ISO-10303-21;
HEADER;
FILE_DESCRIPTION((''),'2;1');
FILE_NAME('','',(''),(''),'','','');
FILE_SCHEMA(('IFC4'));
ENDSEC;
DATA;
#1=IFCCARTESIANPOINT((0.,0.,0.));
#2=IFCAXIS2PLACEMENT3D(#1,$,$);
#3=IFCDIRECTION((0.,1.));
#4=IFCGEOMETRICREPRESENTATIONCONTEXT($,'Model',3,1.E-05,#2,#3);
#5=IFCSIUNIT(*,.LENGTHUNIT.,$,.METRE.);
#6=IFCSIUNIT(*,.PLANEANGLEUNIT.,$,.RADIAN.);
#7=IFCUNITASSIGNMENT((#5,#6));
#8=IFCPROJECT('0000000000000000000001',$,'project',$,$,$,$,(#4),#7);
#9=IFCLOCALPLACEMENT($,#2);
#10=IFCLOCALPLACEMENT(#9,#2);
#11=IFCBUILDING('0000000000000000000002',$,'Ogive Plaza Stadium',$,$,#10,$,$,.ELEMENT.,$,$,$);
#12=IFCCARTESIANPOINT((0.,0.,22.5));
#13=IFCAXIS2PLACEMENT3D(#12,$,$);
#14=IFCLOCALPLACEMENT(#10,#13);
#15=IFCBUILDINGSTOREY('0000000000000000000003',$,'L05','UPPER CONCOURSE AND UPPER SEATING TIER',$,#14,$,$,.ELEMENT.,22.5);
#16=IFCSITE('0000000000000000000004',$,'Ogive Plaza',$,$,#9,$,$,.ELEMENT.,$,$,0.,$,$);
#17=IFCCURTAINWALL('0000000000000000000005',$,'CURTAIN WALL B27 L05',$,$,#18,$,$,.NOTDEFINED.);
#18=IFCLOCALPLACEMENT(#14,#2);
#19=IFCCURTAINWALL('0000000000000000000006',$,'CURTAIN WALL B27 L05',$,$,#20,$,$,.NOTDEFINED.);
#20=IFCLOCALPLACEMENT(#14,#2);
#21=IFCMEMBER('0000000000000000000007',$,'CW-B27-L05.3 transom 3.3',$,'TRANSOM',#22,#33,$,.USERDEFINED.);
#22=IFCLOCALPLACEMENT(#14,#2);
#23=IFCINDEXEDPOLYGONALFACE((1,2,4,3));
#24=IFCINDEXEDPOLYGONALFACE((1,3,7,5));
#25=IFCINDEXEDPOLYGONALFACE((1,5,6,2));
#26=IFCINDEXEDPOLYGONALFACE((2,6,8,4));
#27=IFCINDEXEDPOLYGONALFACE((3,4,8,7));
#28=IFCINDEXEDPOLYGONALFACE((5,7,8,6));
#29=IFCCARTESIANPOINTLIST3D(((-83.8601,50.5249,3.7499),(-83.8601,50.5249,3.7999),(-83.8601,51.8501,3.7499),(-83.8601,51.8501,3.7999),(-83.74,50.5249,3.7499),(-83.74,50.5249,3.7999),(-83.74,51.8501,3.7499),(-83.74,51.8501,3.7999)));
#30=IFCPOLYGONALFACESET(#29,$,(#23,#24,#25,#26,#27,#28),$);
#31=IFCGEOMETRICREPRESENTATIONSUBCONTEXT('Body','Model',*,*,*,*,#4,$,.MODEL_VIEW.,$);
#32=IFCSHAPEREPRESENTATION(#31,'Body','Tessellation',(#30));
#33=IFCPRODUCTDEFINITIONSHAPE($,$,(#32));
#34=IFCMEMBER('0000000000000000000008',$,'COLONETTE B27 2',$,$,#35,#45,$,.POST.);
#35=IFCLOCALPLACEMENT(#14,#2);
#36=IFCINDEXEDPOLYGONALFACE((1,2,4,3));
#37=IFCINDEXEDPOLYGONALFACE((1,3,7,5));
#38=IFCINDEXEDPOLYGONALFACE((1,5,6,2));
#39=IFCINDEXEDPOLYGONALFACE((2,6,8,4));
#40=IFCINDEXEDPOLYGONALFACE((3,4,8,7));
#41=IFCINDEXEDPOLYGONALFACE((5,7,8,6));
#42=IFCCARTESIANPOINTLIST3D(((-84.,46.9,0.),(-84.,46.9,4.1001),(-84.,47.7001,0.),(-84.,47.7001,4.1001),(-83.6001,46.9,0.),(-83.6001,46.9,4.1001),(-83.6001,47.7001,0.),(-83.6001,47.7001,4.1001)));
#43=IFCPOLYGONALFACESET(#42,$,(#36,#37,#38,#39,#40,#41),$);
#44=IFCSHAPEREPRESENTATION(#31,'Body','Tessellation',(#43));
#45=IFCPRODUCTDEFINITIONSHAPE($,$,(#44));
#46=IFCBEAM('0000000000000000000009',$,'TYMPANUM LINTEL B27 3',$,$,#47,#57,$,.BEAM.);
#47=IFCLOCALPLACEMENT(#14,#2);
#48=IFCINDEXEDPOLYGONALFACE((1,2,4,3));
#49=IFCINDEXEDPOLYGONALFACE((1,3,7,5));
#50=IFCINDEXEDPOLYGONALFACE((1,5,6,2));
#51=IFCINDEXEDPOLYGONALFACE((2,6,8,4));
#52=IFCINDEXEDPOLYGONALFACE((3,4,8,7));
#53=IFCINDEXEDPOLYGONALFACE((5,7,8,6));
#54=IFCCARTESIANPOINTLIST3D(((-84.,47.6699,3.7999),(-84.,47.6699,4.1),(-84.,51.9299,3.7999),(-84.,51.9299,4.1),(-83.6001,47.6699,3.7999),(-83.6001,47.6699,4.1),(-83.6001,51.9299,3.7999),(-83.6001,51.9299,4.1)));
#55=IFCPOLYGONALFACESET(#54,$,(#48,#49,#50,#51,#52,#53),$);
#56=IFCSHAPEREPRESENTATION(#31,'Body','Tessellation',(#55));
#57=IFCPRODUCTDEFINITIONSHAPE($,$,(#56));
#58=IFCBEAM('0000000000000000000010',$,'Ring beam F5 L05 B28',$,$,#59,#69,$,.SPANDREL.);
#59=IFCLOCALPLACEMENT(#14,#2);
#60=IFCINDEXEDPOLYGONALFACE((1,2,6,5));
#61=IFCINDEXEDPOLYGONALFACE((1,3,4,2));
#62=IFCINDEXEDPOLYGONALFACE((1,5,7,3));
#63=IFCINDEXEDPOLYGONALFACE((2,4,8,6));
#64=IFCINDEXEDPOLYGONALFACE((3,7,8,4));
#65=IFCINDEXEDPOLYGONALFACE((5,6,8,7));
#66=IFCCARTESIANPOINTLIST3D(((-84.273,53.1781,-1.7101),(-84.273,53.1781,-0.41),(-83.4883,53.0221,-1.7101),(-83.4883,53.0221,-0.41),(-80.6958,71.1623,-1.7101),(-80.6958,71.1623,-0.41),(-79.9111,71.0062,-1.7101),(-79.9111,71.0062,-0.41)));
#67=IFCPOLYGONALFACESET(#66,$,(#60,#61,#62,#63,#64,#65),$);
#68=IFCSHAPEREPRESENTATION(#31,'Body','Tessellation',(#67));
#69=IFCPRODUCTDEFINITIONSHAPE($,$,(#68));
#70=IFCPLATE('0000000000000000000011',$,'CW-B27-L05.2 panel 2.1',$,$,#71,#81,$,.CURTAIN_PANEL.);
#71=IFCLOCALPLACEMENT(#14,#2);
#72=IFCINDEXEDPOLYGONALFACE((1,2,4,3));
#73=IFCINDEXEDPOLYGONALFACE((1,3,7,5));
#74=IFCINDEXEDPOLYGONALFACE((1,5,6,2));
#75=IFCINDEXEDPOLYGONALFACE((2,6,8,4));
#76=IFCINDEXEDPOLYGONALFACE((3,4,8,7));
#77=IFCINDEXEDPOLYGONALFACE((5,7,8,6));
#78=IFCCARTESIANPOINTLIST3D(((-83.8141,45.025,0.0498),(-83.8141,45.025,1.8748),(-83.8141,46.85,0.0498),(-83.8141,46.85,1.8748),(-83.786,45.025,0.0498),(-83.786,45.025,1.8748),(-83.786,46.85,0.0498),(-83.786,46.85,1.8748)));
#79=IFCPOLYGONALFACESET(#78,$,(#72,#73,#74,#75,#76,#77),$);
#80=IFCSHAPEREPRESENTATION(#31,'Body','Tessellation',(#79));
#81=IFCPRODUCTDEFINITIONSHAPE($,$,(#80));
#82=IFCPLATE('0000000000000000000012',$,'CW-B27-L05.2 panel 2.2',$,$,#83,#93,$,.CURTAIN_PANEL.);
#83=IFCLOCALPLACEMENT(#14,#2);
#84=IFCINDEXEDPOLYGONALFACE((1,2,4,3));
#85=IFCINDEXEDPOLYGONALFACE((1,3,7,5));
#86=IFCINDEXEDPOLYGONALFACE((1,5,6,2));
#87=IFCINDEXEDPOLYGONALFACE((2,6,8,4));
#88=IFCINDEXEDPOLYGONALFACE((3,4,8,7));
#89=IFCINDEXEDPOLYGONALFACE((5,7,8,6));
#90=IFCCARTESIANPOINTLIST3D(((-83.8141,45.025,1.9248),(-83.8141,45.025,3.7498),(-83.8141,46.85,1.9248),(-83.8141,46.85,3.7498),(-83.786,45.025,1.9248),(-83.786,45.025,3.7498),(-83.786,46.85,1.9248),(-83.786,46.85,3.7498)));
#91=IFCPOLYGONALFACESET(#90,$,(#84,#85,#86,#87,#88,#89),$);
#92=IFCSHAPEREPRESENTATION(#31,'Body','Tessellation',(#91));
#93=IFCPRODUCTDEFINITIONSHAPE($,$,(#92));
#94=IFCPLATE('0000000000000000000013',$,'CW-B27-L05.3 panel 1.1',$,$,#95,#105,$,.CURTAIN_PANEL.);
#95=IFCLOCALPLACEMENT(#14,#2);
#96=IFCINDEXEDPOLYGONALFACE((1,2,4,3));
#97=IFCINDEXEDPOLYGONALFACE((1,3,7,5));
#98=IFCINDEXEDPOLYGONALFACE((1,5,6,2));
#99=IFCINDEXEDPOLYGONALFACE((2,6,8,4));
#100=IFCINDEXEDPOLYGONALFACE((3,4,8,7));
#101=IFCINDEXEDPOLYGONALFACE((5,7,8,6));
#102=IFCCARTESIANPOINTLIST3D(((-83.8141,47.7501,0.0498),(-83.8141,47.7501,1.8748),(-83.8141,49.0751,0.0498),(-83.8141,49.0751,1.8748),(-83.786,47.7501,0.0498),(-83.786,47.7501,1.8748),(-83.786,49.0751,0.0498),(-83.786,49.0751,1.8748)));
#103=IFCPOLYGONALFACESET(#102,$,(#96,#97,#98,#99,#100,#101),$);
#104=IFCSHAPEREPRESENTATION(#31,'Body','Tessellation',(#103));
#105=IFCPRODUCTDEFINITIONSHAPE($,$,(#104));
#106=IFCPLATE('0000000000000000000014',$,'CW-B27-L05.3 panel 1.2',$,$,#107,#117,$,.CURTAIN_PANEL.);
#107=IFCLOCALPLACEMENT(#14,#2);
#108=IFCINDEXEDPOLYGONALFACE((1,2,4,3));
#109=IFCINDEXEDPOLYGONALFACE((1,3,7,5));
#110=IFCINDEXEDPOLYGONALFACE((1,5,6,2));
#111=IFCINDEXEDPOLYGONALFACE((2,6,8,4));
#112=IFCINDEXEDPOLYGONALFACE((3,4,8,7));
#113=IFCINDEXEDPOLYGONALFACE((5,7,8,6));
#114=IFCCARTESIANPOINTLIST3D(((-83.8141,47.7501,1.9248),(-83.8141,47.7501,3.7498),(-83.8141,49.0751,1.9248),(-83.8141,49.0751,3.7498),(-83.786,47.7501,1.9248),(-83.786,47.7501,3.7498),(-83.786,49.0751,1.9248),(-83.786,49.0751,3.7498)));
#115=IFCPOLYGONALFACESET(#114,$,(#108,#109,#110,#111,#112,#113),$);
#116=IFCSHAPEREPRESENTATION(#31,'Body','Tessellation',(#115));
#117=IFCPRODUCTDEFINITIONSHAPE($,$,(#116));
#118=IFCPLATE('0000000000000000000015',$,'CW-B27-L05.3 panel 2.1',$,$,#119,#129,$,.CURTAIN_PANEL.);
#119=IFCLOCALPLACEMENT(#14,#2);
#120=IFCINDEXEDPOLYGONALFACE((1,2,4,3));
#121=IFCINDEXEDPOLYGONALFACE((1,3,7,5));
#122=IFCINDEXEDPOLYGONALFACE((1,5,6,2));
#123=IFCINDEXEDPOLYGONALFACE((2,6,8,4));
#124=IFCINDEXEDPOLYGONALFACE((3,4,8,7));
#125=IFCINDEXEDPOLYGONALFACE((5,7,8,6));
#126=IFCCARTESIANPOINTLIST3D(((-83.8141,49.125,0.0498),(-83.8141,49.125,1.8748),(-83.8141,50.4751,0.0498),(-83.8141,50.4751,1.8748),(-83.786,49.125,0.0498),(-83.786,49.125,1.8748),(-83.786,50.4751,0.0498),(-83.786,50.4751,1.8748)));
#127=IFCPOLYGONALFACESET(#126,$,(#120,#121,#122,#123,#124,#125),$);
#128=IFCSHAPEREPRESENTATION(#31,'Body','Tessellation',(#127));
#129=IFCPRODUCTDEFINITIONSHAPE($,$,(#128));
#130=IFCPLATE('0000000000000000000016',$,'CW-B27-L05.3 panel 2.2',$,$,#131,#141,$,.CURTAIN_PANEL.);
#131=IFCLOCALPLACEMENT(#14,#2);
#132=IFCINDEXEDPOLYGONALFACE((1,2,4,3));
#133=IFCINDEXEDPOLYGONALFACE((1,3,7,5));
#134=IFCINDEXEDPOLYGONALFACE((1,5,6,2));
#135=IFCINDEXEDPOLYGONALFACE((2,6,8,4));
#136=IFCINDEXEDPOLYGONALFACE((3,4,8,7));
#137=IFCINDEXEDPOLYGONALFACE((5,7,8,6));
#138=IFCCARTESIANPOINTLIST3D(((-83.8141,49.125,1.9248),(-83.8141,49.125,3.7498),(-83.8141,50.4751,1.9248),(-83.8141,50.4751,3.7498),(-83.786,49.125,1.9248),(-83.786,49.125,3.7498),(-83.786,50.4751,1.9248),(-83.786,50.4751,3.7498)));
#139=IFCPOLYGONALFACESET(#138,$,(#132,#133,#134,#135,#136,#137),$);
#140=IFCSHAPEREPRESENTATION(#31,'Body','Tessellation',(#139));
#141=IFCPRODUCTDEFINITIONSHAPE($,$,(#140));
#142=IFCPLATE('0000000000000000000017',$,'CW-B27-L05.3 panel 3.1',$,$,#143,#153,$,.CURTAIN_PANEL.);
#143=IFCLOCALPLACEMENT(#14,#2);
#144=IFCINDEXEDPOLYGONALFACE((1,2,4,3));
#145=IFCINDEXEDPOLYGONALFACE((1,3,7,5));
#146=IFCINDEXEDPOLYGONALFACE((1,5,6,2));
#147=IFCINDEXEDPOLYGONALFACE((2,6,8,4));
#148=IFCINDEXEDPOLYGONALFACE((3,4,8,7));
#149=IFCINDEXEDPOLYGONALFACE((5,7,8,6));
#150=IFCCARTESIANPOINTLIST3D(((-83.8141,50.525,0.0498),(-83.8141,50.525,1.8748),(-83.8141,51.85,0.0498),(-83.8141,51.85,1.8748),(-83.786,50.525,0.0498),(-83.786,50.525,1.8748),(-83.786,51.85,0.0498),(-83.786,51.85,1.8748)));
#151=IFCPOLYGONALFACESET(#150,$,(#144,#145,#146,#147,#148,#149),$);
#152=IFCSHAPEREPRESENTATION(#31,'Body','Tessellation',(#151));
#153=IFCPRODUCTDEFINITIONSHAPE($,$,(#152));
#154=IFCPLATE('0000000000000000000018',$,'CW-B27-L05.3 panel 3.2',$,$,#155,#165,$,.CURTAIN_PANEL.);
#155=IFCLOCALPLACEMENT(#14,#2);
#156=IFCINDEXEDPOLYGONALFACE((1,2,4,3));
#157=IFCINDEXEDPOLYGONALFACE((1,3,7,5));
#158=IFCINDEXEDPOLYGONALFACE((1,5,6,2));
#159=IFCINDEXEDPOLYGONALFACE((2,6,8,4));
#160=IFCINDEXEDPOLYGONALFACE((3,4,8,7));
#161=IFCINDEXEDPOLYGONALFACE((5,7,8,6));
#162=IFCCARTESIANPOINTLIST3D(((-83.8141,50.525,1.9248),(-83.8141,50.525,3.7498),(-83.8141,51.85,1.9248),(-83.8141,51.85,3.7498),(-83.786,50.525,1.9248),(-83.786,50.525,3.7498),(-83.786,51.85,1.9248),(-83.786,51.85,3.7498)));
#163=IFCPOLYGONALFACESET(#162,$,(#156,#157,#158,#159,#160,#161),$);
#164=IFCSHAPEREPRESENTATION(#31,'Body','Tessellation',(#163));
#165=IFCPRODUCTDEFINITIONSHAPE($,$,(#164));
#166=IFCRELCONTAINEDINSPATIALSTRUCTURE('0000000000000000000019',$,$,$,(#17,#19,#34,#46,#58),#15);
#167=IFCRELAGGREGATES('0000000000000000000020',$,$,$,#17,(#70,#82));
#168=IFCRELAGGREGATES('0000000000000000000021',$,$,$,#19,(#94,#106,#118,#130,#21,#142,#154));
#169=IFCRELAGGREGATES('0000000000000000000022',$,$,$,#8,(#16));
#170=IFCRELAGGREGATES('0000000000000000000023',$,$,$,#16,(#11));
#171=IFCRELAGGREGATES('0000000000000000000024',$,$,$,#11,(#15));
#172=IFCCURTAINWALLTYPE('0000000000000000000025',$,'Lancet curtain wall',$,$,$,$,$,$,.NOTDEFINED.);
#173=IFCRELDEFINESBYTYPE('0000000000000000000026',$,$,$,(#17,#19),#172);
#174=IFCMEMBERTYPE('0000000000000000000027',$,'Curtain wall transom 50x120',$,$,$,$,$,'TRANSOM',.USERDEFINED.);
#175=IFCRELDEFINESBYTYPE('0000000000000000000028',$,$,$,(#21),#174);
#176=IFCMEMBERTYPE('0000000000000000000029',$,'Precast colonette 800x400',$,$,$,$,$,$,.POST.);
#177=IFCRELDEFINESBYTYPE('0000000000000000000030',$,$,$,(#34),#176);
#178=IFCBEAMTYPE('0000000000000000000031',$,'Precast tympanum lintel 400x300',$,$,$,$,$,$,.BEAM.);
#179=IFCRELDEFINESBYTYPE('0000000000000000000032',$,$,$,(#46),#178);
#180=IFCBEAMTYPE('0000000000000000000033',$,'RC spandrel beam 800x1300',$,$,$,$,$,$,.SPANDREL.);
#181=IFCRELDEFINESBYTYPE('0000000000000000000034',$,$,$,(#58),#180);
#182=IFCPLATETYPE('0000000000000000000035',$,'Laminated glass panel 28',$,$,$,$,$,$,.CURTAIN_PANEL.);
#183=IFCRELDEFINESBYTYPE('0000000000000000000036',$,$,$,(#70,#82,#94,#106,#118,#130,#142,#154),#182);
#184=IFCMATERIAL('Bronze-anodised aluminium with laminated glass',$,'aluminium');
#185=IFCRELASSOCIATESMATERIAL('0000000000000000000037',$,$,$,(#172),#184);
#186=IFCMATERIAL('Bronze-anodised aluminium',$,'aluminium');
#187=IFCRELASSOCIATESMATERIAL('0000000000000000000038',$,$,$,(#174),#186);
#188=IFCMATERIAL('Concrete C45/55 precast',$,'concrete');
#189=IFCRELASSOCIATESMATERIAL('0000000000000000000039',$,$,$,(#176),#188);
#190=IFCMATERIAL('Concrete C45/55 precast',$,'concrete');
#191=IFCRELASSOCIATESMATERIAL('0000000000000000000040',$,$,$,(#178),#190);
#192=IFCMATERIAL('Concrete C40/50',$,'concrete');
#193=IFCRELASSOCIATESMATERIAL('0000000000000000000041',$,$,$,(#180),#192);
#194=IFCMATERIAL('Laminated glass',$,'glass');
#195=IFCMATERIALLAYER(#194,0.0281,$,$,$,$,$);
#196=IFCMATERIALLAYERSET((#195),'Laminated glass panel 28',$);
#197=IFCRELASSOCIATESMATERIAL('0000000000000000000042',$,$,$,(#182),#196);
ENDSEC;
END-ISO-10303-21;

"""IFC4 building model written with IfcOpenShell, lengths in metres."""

from ifc_helpers import new_model, si_unit, direction, frame, origin, origin_2d, place, context, subcontext, project, spatial, rectangle, extrude, material, layer, layer_set, material_profile, profile_set, type_object, element, aggregate, save


model = new_model("IFC4")

# Units and contexts
model_context = context("Model", 3, precision=1e-05, world=origin(), true_north=direction((0.0, 1.0)))
body_context = subcontext(model_context, "Body", "Model", "MODEL_VIEW")
ifc_project = project(units=[si_unit("LENGTHUNIT", "METRE"), si_unit("PLANEANGLEUNIT", "RADIAN")], contexts=[model_context])

# Site, building, storey
site_placement = place(None, origin())
site = spatial("IfcSite", under=ifc_project, at=site_placement, Name="Ogive Plaza", CompositionType="ELEMENT", RefElevation=0.0)
building_placement = place(site_placement, origin())
building = spatial("IfcBuilding", under=site, at=building_placement, Name="Ogive Plaza Stadium", CompositionType="ELEMENT")
storey_placement = place(building_placement, frame((0.0, 0.0, 22.5)))
storey = spatial("IfcBuildingStorey", under=building, at=storey_placement, Name="L05", Description="UPPER CONCOURSE AND UPPER SEATING TIER", CompositionType="ELEMENT", Elevation=22.5)

# Curtain wall
ifc_material_1 = material(Name="Bronze-anodised aluminium with laminated glass", Category="aluminium")
curtain_wall_type = type_object("IfcCurtainWallType", Name="Lancet curtain wall", PredefinedType="NOTDEFINED", material=ifc_material_1)
curtain_wall_1_placement = place(storey_placement, origin())
curtain_wall_1 = element("IfcCurtainWall", 1, at=curtain_wall_1_placement, inside=storey, type_object=curtain_wall_type, Name="CURTAIN WALL B27 L05", PredefinedType="NOTDEFINED")

# Curtain wall
curtain_wall_2_placement = place(storey_placement, origin())
curtain_wall_2 = element("IfcCurtainWall", 2, at=curtain_wall_2_placement, inside=storey, type_object=curtain_wall_type, Name="CURTAIN WALL B27 L05", PredefinedType="NOTDEFINED")

# Members
ifc_material_2 = material(Name="Bronze-anodised aluminium", Category="aluminium")
ifc_material_profile_1 = material_profile(ifc_material_2, rectangle(XDim=0.1201, YDim=0.05, at=origin_2d()), Name="AL 120x50")
ifc_profile_set_1 = profile_set([ifc_material_profile_1], Name="Bronze-anodised aluminium")
member_type_1 = type_object("IfcMemberType", Name="Curtain wall transom 50x120", ElementType="TRANSOM", PredefinedType="USERDEFINED", material=ifc_profile_set_1)
member_1_placement = place(storey_placement, frame((-83.8, 50.5249, 3.7749), z_axis=(0.0, 1.0, 0.0), x_axis=(-1.0, 0.0, 0.0)))
member_1 = element("IfcMember", 3, at=member_1_placement, type_object=member_type_1, Name="CW-B27-L05.3 transom 3.3", ObjectType="TRANSOM", PredefinedType="USERDEFINED", context=body_context, shape_type="SweptSolid", body=[
    extrude(rectangle(XDim=0.1201, YDim=0.05, at=origin_2d()), origin(), (0.0, 0.0, 1.0), 1.3252),
])
ifc_material_3 = material(Name="Concrete C45/55 precast", Category="concrete")
ifc_material_profile_2 = material_profile(ifc_material_3, rectangle(XDim=0.3999, YDim=0.8, at=origin_2d()), Name="RC 400x800")
ifc_profile_set_2 = profile_set([ifc_material_profile_2], Name="Concrete C45/55 precast")
member_type_2 = type_object("IfcMemberType", Name="Precast colonette 800x400", PredefinedType="POST", material=ifc_profile_set_2)
member_2_placement = place(storey_placement, frame((-83.8, 47.3, 0.0), z_axis=(0.0, 0.0, 1.0), x_axis=(-1.0, 0.0, 0.0)))
element("IfcMember", 4, at=member_2_placement, inside=storey, type_object=member_type_2, Name="COLONETTE B27 2", PredefinedType="POST", context=body_context, shape_type="SweptSolid", body=[
    extrude(rectangle(XDim=0.3999, YDim=0.8, at=origin_2d()), origin(), (0.0, 0.0, 1.0), 4.1001),
])

# Beams
ifc_material_4 = material(Name="Concrete C45/55 precast", Category="concrete")
ifc_material_profile_3 = material_profile(ifc_material_4, rectangle(XDim=0.3999, YDim=0.3, at=origin_2d()), Name="RC 400x300")
ifc_profile_set_3 = profile_set([ifc_material_profile_3], Name="Concrete C45/55 precast")
beam_type_1 = type_object("IfcBeamType", Name="Precast tympanum lintel 400x300", PredefinedType="BEAM", material=ifc_profile_set_3)
beam_1_placement = place(storey_placement, frame((-83.8, 47.6699, 3.95), z_axis=(0.0, 1.0, 0.0), x_axis=(-1.0, 0.0, 0.0)))
element("IfcBeam", 5, at=beam_1_placement, inside=storey, type_object=beam_type_1, Name="TYMPANUM LINTEL B27 3", PredefinedType="BEAM", context=body_context, shape_type="SweptSolid", body=[
    extrude(rectangle(XDim=0.3999, YDim=0.3, at=origin_2d()), origin(), (0.0, 0.0, 1.0), 4.26),
])
ifc_material_5 = material(Name="Concrete C40/50", Category="concrete")
ifc_material_profile_4 = material_profile(ifc_material_5, rectangle(XDim=0.8, YDim=1.3, at=origin_2d()), Name="RC 800x1300")
ifc_profile_set_4 = profile_set([ifc_material_profile_4], Name="Concrete C40/50")
beam_type_2 = type_object("IfcBeamType", Name="RC spandrel beam 800x1300", PredefinedType="SPANDREL", material=ifc_profile_set_4)
beam_2_placement = place(storey_placement, frame((-83.8806, 53.1001, -1.0601), z_axis=(0.195084, 0.980787, 0.0), x_axis=(-0.980787, 0.195084, 0.0)))
element("IfcBeam", 6, at=beam_2_placement, inside=storey, type_object=beam_type_2, Name="Ring beam F5 L05 B28", PredefinedType="SPANDREL", context=body_context, shape_type="SweptSolid", body=[
    extrude(rectangle(XDim=0.8, YDim=1.3, at=origin_2d()), origin(), (0.0, 0.0, 1.0), 18.3364),
])

# Plates
ifc_material_6 = material(Name="Laminated glass", Category="glass")
ifc_layer_1 = layer(ifc_material_6, 0.0281)
ifc_layer_set_1 = layer_set([ifc_layer_1], Name="Laminated glass panel 28")
plate_type = type_object("IfcPlateType", Name="Laminated glass panel 28", PredefinedType="CURTAIN_PANEL", material=ifc_layer_set_1)
plate_1_placement = place(storey_placement, frame((-83.8, 45.9375, 0.0498), z_axis=(0.0, 0.0, 1.0), x_axis=(0.0, 1.0, 0.0)))
plate_1 = element("IfcPlate", 7, at=plate_1_placement, type_object=plate_type, Name="CW-B27-L05.2 panel 2.1", PredefinedType="CURTAIN_PANEL", context=body_context, shape_type="SweptSolid", body=[
    extrude(rectangle(XDim=1.825, YDim=0.0281, at=origin_2d()), origin(), (0.0, 0.0, 1.0), 1.825),
])
plate_2_placement = place(storey_placement, frame((-83.8, 45.9375, 1.9248), z_axis=(0.0, 0.0, 1.0), x_axis=(0.0, 1.0, 0.0)))
plate_2 = element("IfcPlate", 8, at=plate_2_placement, type_object=plate_type, Name="CW-B27-L05.2 panel 2.2", PredefinedType="CURTAIN_PANEL", context=body_context, shape_type="SweptSolid", body=[
    extrude(rectangle(XDim=1.825, YDim=0.0281, at=origin_2d()), origin(), (0.0, 0.0, 1.0), 1.825),
])
aggregate(curtain_wall_1, [plate_1, plate_2])
plate_3_placement = place(storey_placement, frame((-83.8, 48.4126, 0.0498), z_axis=(0.0, 0.0, 1.0), x_axis=(0.0, 1.0, 0.0)))
plate_3 = element("IfcPlate", 9, at=plate_3_placement, type_object=plate_type, Name="CW-B27-L05.3 panel 1.1", PredefinedType="CURTAIN_PANEL", context=body_context, shape_type="SweptSolid", body=[
    extrude(rectangle(XDim=1.325, YDim=0.0281, at=origin_2d()), origin(), (0.0, 0.0, 1.0), 1.825),
])
plate_4_placement = place(storey_placement, frame((-83.8, 48.4126, 1.9248), z_axis=(0.0, 0.0, 1.0), x_axis=(0.0, 1.0, 0.0)))
plate_4 = element("IfcPlate", 10, at=plate_4_placement, type_object=plate_type, Name="CW-B27-L05.3 panel 1.2", PredefinedType="CURTAIN_PANEL", context=body_context, shape_type="SweptSolid", body=[
    extrude(rectangle(XDim=1.325, YDim=0.0281, at=origin_2d()), origin(), (0.0, 0.0, 1.0), 1.825),
])
plate_5_placement = place(storey_placement, frame((-83.8, 49.8, 0.0498), z_axis=(0.0, 0.0, 1.0), x_axis=(0.0, 1.0, 0.0)))
plate_5 = element("IfcPlate", 11, at=plate_5_placement, type_object=plate_type, Name="CW-B27-L05.3 panel 2.1", PredefinedType="CURTAIN_PANEL", context=body_context, shape_type="SweptSolid", body=[
    extrude(rectangle(XDim=1.3501, YDim=0.0281, at=origin_2d()), origin(), (0.0, 0.0, 1.0), 1.825),
])
plate_6_placement = place(storey_placement, frame((-83.8, 49.8, 1.9248), z_axis=(0.0, 0.0, 1.0), x_axis=(0.0, 1.0, 0.0)))
plate_6 = element("IfcPlate", 12, at=plate_6_placement, type_object=plate_type, Name="CW-B27-L05.3 panel 2.2", PredefinedType="CURTAIN_PANEL", context=body_context, shape_type="SweptSolid", body=[
    extrude(rectangle(XDim=1.3501, YDim=0.0281, at=origin_2d()), origin(), (0.0, 0.0, 1.0), 1.825),
])
plate_7_placement = place(storey_placement, frame((-83.8, 51.1875, 0.0498), z_axis=(0.0, 0.0, 1.0), x_axis=(0.0, 1.0, 0.0)))
plate_7 = element("IfcPlate", 13, at=plate_7_placement, type_object=plate_type, Name="CW-B27-L05.3 panel 3.1", PredefinedType="CURTAIN_PANEL", context=body_context, shape_type="SweptSolid", body=[
    extrude(rectangle(XDim=1.325, YDim=0.0281, at=origin_2d()), origin(), (0.0, 0.0, 1.0), 1.825),
])
plate_8_placement = place(storey_placement, frame((-83.8, 51.1875, 1.9248), z_axis=(0.0, 0.0, 1.0), x_axis=(0.0, 1.0, 0.0)))
plate_8 = element("IfcPlate", 14, at=plate_8_placement, type_object=plate_type, Name="CW-B27-L05.3 panel 3.2", PredefinedType="CURTAIN_PANEL", context=body_context, shape_type="SweptSolid", body=[
    extrude(rectangle(XDim=1.325, YDim=0.0281, at=origin_2d()), origin(), (0.0, 0.0, 1.0), 1.825),
])
aggregate(curtain_wall_2, [plate_3, plate_4, plate_5, plate_6, member_1, plate_7, plate_8])

save(model, "model.ifc")
